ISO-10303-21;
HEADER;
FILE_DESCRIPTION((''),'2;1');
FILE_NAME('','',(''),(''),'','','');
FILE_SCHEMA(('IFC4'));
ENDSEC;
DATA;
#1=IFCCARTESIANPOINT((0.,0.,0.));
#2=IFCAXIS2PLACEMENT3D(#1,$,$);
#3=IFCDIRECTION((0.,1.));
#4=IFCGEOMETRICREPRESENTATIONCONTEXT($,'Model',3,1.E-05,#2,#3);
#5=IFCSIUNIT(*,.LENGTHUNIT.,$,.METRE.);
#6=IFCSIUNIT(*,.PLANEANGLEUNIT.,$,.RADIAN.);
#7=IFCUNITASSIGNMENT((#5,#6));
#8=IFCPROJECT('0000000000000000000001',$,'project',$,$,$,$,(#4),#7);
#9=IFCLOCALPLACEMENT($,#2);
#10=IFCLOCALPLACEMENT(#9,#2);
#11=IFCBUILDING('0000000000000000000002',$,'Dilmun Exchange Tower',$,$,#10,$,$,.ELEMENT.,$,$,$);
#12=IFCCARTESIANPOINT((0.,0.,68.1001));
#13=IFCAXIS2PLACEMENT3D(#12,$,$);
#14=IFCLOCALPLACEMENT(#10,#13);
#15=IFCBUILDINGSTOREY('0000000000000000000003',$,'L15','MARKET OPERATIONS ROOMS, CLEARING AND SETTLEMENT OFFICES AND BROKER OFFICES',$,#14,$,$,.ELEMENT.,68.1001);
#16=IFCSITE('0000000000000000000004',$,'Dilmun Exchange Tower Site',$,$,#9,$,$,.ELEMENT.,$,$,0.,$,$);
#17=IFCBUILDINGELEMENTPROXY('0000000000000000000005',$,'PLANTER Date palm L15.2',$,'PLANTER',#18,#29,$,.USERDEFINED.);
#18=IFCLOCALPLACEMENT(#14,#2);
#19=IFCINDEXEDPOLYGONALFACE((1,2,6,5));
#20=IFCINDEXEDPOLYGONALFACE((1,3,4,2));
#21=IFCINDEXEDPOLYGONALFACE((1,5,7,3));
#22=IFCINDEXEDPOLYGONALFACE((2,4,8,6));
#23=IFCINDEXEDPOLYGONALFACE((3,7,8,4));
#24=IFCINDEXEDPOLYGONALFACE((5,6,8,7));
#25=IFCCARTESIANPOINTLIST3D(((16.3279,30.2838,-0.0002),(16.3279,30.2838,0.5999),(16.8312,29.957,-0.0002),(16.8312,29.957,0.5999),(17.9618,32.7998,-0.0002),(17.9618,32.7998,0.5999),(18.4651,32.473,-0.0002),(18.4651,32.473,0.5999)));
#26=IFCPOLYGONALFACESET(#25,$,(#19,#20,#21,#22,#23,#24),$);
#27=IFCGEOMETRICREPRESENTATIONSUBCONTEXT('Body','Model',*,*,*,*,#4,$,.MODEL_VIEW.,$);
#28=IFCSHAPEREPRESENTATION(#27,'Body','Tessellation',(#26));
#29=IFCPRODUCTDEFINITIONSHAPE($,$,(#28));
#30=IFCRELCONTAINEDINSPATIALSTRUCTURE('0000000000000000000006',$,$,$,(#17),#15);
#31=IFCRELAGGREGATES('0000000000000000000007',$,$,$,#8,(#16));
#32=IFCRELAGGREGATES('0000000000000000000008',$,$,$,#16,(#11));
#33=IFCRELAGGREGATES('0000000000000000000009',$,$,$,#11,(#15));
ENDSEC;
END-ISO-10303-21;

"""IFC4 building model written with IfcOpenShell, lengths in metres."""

from ifc_helpers import new_model, si_unit, direction, frame, origin, origin_2d, place, context, subcontext, project, spatial, rectangle, extrude, element, save


model = new_model("IFC4")

# Units and contexts
model_context = context("Model", 3, precision=1e-05, world=origin(), true_north=direction((0.0, 1.0)))
body_context = subcontext(model_context, "Body", "Model", "MODEL_VIEW")
ifc_project = project(units=[si_unit("LENGTHUNIT", "METRE"), si_unit("PLANEANGLEUNIT", "RADIAN")], contexts=[model_context])

# Site, building, storey
site_placement = place(None, origin())
site = spatial("IfcSite", under=ifc_project, at=site_placement, Name="Dilmun Exchange Tower Site", CompositionType="ELEMENT", RefElevation=0.0)
building_placement = place(site_placement, origin())
building = spatial("IfcBuilding", under=site, at=building_placement, Name="Dilmun Exchange Tower", CompositionType="ELEMENT")
storey_placement = place(building_placement, frame((0.0, 0.0, 68.1001)))
storey = spatial("IfcBuildingStorey", under=building, at=storey_placement, Name="L15", Description="MARKET OPERATIONS ROOMS, CLEARING AND SETTLEMENT OFFICES AND BROKER OFFICES", CompositionType="ELEMENT", Elevation=68.1001)

# Building element proxy
for number, where, z_axis, x_axis, name in (
    (1, (17.3965, 31.3784, -0.0002), (0.0, 0.0, 1.0), (0.544639, 0.838671, 0.0), "PLANTER Date palm L15.2"),
):
    element("IfcBuildingElementProxy", number, at=place(storey_placement, frame(where, z_axis=z_axis, x_axis=x_axis)), inside=storey, Name=name, ObjectType="PLANTER", PredefinedType="USERDEFINED", context=body_context, shape_type="SweptSolid", body=[
        extrude(rectangle(XDim=3.0, YDim=0.6001, at=origin_2d()), origin(), (0.0, 0.0, 1.0), 0.6001),
    ])

save(model, "model.ifc")
